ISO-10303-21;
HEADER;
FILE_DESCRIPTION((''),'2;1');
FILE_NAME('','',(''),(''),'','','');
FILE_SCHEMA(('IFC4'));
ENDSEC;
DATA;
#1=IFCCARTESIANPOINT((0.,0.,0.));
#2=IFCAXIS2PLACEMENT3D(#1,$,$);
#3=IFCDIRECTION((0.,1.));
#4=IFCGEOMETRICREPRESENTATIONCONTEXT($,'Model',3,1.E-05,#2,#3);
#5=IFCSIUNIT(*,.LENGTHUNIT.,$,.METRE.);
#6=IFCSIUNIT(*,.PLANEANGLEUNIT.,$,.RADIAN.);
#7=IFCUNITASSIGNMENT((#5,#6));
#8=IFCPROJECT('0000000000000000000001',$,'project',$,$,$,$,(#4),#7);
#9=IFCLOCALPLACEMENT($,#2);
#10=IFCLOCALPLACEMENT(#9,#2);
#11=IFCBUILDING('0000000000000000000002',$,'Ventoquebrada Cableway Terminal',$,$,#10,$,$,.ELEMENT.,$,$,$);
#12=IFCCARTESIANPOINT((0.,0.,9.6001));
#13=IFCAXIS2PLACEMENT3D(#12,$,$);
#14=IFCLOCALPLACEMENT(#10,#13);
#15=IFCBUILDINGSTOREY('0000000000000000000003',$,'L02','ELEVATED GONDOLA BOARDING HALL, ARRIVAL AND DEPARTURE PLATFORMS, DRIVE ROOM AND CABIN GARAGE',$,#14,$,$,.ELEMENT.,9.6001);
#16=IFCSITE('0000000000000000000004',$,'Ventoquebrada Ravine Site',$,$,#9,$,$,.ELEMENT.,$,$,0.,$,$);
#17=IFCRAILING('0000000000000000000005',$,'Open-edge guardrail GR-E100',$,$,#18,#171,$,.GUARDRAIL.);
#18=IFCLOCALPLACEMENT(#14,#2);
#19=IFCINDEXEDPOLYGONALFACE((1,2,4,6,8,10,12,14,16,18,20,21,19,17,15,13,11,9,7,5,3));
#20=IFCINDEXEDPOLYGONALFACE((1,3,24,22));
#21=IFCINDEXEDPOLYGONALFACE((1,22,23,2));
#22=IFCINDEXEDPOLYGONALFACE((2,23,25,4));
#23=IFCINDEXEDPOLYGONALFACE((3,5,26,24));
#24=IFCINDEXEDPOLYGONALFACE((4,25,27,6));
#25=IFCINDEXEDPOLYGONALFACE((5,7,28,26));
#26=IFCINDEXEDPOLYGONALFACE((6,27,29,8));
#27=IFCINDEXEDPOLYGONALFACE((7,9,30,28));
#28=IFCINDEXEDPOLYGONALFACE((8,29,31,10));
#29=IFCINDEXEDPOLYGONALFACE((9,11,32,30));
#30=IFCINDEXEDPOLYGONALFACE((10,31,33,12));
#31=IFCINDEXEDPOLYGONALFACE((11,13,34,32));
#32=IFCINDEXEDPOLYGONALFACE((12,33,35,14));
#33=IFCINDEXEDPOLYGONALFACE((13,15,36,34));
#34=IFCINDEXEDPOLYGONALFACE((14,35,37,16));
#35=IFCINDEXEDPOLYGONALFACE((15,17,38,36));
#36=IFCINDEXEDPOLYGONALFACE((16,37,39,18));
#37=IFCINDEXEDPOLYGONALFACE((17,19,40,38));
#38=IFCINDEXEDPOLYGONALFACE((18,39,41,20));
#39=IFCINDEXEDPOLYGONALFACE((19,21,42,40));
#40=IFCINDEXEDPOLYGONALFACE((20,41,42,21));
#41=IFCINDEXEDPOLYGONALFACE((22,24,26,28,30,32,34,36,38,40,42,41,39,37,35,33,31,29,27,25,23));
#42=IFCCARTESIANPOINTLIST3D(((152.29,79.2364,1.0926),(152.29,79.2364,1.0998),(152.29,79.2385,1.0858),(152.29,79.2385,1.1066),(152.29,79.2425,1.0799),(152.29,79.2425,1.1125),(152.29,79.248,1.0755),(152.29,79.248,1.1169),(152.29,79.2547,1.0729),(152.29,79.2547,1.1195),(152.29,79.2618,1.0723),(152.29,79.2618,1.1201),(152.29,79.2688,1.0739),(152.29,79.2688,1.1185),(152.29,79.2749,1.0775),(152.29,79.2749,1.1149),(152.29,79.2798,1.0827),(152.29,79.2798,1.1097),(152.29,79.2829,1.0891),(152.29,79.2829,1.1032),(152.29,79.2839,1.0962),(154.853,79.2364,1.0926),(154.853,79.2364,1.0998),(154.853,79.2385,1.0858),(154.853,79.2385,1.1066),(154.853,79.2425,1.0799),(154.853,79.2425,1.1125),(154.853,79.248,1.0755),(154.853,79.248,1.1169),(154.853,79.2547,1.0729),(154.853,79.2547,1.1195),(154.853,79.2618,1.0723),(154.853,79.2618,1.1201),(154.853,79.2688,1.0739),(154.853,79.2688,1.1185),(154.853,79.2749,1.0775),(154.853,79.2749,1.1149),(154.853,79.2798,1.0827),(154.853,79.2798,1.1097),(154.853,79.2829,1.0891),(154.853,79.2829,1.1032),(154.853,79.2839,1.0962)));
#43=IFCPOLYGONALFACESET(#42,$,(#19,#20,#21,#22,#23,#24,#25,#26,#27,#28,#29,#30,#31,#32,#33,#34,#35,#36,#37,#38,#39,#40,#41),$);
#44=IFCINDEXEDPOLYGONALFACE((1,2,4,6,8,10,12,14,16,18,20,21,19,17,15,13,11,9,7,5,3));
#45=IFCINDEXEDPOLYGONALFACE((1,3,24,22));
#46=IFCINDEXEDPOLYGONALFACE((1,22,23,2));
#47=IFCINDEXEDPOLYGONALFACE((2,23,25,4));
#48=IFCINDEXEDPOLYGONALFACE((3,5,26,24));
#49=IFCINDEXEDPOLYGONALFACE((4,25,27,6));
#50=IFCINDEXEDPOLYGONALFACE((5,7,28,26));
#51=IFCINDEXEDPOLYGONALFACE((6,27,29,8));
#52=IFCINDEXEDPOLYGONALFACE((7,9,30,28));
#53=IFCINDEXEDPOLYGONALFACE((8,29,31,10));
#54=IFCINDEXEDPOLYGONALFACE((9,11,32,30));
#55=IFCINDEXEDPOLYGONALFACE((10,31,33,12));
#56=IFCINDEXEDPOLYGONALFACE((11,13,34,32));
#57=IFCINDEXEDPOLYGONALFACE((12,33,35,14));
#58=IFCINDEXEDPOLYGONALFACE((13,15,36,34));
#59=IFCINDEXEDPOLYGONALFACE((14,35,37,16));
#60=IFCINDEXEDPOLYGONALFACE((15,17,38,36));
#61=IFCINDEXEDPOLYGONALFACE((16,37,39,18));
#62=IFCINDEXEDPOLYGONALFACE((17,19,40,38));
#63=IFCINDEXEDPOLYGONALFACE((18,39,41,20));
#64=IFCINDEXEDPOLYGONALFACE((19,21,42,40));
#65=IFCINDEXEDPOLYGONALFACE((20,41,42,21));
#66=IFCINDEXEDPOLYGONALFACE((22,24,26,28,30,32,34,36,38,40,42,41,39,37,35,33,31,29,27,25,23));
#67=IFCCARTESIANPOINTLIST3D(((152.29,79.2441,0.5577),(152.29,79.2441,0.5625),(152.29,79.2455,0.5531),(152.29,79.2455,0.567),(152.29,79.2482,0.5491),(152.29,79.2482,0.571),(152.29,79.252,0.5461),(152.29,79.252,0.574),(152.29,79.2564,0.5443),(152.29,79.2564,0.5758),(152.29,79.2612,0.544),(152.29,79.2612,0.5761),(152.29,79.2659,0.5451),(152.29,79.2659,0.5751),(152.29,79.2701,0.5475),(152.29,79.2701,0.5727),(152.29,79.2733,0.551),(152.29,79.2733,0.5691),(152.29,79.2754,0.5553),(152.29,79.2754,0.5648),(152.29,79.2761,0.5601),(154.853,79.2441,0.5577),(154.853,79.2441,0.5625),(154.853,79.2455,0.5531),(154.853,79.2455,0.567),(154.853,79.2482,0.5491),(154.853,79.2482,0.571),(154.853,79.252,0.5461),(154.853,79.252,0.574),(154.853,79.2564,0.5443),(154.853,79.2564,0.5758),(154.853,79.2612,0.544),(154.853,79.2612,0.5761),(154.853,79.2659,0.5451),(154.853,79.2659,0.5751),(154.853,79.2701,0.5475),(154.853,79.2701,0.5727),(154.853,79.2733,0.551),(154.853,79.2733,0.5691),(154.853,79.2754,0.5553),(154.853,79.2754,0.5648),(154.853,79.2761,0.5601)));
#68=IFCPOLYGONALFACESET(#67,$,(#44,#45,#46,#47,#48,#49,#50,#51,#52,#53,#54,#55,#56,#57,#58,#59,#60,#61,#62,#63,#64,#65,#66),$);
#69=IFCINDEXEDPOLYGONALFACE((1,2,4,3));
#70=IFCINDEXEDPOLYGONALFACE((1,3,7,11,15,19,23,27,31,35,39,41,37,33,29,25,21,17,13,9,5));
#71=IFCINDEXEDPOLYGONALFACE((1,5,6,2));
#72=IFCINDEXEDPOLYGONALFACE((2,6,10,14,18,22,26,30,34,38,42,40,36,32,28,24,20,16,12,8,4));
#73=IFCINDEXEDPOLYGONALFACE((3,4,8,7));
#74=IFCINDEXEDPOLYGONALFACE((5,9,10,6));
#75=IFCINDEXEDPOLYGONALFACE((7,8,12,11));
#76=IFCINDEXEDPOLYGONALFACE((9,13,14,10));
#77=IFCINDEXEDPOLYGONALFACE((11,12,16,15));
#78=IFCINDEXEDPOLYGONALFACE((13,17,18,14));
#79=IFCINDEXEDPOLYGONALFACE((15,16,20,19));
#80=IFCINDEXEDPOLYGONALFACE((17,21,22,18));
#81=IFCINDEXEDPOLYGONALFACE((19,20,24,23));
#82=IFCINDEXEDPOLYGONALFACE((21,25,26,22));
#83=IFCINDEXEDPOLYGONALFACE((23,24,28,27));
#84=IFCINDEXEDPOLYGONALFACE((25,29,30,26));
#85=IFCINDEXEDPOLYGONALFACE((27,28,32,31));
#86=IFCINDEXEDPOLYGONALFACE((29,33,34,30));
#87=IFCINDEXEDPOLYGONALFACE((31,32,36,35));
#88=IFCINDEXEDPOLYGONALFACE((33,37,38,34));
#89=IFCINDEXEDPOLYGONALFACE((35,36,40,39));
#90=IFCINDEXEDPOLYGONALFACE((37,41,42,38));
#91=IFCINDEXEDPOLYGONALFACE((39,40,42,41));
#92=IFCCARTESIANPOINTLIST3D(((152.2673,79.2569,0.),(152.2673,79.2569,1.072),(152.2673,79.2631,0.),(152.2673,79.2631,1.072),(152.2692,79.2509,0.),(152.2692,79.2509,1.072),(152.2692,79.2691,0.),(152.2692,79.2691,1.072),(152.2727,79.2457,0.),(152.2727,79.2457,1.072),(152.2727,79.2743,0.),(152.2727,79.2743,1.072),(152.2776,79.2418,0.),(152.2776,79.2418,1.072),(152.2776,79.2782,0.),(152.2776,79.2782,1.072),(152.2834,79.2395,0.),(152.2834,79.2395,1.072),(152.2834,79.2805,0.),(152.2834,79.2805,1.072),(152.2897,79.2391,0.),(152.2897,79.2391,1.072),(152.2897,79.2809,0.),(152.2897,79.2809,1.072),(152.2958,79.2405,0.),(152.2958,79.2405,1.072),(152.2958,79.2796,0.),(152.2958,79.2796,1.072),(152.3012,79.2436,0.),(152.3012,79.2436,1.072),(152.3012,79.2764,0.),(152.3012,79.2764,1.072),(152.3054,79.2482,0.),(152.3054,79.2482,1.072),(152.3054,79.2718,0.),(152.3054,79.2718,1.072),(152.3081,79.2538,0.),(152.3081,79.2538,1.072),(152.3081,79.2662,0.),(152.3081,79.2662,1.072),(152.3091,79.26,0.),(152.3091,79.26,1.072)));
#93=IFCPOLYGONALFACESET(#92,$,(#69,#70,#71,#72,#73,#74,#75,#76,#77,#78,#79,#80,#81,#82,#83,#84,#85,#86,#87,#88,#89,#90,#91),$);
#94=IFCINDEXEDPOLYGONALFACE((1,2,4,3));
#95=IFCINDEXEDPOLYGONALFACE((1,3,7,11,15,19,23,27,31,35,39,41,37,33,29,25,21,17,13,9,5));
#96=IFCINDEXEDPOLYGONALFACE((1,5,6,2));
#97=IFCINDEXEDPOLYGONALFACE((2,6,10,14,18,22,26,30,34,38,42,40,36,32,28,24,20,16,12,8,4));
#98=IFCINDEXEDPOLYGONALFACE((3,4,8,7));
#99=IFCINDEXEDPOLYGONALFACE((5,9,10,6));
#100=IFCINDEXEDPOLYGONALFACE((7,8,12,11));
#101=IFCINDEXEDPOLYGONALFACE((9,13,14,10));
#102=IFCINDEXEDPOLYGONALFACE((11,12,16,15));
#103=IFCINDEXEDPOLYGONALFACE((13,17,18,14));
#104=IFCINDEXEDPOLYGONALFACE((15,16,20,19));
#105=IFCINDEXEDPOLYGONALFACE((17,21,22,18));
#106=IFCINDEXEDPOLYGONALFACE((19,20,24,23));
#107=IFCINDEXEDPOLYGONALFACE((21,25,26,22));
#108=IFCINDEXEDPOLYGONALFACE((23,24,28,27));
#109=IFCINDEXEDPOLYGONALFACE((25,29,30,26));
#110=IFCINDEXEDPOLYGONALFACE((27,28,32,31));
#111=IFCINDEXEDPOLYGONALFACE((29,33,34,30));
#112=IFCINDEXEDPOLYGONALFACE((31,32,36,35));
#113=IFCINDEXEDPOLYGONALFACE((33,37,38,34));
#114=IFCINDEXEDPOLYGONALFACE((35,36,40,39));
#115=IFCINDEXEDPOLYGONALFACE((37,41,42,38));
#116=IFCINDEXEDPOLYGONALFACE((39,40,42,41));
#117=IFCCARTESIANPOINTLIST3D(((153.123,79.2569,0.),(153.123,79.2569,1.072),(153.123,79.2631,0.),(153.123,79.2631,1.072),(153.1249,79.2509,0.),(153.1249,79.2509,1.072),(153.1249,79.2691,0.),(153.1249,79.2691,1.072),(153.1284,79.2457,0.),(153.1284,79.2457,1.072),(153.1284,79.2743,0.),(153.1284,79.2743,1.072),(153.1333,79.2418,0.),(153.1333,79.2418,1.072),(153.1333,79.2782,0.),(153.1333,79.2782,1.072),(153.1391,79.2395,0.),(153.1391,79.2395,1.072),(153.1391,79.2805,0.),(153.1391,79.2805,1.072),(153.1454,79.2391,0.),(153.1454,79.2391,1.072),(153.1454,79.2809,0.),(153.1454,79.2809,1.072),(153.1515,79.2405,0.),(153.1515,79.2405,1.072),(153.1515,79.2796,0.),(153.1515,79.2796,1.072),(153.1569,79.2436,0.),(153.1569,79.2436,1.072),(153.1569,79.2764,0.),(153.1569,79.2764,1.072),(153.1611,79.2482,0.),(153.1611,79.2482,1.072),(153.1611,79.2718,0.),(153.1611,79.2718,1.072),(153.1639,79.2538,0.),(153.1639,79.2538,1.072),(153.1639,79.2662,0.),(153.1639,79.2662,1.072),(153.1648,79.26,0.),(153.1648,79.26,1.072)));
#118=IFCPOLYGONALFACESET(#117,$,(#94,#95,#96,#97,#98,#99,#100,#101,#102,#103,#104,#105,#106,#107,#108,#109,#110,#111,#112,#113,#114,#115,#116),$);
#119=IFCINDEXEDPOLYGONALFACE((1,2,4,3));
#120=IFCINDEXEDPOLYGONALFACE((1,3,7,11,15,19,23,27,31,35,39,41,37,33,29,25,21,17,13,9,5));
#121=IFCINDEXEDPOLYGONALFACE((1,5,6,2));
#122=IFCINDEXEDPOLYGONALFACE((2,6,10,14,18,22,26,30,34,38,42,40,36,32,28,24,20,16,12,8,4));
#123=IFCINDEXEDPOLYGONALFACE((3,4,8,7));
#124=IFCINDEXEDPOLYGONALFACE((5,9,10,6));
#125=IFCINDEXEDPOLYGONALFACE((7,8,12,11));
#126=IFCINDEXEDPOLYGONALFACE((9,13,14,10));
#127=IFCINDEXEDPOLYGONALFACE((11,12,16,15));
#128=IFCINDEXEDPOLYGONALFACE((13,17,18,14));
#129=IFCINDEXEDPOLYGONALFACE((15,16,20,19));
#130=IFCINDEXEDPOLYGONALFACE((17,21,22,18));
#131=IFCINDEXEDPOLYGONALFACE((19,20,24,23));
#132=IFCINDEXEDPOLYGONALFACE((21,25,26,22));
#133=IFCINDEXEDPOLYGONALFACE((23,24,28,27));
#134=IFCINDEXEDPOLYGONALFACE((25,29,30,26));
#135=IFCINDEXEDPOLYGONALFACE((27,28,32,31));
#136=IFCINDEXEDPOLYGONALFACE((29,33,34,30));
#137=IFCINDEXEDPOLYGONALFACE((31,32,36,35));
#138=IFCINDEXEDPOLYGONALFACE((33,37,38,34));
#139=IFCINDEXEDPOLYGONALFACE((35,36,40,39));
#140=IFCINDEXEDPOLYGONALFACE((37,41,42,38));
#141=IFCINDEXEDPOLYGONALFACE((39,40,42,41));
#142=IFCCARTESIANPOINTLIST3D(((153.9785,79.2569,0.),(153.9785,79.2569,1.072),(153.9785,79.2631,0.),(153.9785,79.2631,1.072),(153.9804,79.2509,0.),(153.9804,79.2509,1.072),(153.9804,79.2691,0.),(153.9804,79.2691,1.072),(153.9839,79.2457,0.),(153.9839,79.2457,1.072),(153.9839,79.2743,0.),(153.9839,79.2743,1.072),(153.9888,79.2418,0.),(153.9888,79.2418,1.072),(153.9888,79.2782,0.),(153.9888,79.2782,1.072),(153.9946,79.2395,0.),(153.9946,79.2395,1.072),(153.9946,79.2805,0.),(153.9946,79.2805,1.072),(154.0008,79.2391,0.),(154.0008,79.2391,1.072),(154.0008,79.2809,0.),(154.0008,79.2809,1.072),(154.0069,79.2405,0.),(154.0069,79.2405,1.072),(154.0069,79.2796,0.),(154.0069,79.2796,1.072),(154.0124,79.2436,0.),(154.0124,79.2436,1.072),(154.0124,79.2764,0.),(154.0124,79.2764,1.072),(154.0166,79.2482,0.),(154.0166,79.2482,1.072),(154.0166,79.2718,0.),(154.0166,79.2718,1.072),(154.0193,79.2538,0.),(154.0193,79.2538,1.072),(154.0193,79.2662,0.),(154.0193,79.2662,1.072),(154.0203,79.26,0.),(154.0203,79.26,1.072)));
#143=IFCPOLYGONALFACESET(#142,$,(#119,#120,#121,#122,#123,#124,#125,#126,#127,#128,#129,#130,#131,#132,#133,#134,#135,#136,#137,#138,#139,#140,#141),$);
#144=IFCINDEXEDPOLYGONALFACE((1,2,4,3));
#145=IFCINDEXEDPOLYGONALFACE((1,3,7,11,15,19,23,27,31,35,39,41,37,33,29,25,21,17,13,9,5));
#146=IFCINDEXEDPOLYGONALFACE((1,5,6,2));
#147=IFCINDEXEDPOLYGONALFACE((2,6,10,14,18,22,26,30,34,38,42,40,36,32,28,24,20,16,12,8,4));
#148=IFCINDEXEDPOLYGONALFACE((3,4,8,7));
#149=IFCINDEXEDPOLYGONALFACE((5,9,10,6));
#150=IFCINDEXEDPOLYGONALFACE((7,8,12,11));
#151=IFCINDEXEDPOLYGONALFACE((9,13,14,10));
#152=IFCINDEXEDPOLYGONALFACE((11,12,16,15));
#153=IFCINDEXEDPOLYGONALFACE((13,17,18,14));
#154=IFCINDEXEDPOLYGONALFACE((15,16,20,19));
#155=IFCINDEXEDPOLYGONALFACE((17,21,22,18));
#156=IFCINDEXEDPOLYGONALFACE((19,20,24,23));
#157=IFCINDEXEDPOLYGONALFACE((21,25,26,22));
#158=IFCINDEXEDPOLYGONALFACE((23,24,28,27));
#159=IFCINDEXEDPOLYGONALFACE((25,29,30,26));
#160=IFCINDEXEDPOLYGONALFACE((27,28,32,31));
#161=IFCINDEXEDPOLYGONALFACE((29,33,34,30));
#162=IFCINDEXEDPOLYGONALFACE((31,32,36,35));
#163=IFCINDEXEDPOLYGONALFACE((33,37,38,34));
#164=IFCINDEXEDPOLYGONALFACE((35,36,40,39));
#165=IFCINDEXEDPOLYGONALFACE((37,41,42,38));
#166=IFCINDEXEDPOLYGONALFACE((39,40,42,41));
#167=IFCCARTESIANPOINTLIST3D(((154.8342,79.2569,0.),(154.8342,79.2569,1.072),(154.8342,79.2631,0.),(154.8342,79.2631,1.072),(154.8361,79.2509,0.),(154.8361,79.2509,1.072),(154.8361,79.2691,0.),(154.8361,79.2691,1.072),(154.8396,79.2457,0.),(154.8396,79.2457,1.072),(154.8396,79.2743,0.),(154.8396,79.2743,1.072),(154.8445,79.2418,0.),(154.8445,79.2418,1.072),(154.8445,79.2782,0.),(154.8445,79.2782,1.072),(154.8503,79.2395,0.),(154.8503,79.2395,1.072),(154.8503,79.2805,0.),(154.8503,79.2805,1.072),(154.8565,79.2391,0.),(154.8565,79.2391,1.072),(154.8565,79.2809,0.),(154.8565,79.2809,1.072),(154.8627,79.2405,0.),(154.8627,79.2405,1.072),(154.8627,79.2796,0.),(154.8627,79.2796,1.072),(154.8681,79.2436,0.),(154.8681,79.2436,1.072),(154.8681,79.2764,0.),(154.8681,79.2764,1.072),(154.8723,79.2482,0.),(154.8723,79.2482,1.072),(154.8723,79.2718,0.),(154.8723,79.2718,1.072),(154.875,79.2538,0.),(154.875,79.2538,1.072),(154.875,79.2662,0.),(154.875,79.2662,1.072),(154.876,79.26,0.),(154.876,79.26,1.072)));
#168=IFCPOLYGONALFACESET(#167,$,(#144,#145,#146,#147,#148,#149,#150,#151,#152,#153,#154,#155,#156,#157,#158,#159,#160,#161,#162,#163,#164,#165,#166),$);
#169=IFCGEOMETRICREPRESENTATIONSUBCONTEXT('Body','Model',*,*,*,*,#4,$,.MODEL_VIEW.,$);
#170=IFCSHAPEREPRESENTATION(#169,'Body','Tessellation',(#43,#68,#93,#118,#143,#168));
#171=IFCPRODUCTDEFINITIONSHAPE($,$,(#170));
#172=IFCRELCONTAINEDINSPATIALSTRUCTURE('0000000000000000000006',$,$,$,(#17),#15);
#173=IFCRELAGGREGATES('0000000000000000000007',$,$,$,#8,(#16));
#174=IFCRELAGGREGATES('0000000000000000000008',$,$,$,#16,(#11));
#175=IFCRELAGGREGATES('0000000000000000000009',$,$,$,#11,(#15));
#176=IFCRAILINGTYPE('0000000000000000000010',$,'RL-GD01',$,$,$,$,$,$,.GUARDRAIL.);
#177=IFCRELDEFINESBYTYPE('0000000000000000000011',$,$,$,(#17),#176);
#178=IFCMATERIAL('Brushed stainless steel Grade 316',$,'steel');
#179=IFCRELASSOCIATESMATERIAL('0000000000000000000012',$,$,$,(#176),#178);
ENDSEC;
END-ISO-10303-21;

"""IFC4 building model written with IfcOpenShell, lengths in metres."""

from ifc_helpers import new_model, si_unit, direction, frame, origin, origin_2d, place, context, subcontext, project, spatial, circle, extrude, material, type_object, element, save


model = new_model("IFC4")

# Units and contexts
model_context = context("Model", 3, precision=1e-05, world=origin(), true_north=direction((0.0, 1.0)))
body_context = subcontext(model_context, "Body", "Model", "MODEL_VIEW")
ifc_project = project(units=[si_unit("LENGTHUNIT", "METRE"), si_unit("PLANEANGLEUNIT", "RADIAN")], contexts=[model_context])

# Site, building, storey
site_placement = place(None, origin())
site = spatial("IfcSite", under=ifc_project, at=site_placement, Name="Ventoquebrada Ravine Site", CompositionType="ELEMENT", RefElevation=0.0)
building_placement = place(site_placement, origin())
building = spatial("IfcBuilding", under=site, at=building_placement, Name="Ventoquebrada Cableway Terminal", CompositionType="ELEMENT")
storey_placement = place(building_placement, frame((0.0, 0.0, 9.6001)))
storey = spatial("IfcBuildingStorey", under=building, at=storey_placement, Name="L02", Description="ELEVATED GONDOLA BOARDING HALL, ARRIVAL AND DEPARTURE PLATFORMS, DRIVE ROOM AND CABIN GARAGE", CompositionType="ELEMENT", Elevation=9.6001)

# Railing
ifc_material_1 = material(Name="Brushed stainless steel Grade 316", Category="steel")
railing_type = type_object("IfcRailingType", Name="RL-GD01", PredefinedType="GUARDRAIL", material=ifc_material_1)
railing_placement = place(storey_placement, frame((152.2881, 79.26, 0.0)))
element("IfcRailing", 1, at=railing_placement, inside=storey, type_object=railing_type, Name="Open-edge guardrail GR-E100", PredefinedType="GUARDRAIL", context=body_context, shape_type="SweptSolid", body=[
    extrude(circle(Radius=0.0239, at=origin_2d()), frame((0.002, 0.0, 1.0962), z_axis=(1.0, 0.0, 0.0), x_axis=(0.0, 1.0, 0.0)), (0.0, 0.0, 1.0), 2.563),
    extrude(circle(Radius=0.0161, at=origin_2d()), frame((0.002, 0.0, 0.5601), z_axis=(1.0, 0.0, 0.0), x_axis=(0.0, 1.0, 0.0)), (0.0, 0.0, 1.0), 2.563),
    extrude(circle(Radius=0.021, at=origin_2d()), origin(), (0.0, 0.0, 1.0), 1.072),
    extrude(circle(Radius=0.021, at=origin_2d()), frame((0.8557, 0.0, 0.0)), (0.0, 0.0, 1.0), 1.072),
    extrude(circle(Radius=0.021, at=origin_2d()), frame((1.7112, 0.0, 0.0)), (0.0, 0.0, 1.0), 1.072),
    extrude(circle(Radius=0.021, at=origin_2d()), frame((2.5669, 0.0, 0.0)), (0.0, 0.0, 1.0), 1.072),
])

save(model, "model.ifc")
